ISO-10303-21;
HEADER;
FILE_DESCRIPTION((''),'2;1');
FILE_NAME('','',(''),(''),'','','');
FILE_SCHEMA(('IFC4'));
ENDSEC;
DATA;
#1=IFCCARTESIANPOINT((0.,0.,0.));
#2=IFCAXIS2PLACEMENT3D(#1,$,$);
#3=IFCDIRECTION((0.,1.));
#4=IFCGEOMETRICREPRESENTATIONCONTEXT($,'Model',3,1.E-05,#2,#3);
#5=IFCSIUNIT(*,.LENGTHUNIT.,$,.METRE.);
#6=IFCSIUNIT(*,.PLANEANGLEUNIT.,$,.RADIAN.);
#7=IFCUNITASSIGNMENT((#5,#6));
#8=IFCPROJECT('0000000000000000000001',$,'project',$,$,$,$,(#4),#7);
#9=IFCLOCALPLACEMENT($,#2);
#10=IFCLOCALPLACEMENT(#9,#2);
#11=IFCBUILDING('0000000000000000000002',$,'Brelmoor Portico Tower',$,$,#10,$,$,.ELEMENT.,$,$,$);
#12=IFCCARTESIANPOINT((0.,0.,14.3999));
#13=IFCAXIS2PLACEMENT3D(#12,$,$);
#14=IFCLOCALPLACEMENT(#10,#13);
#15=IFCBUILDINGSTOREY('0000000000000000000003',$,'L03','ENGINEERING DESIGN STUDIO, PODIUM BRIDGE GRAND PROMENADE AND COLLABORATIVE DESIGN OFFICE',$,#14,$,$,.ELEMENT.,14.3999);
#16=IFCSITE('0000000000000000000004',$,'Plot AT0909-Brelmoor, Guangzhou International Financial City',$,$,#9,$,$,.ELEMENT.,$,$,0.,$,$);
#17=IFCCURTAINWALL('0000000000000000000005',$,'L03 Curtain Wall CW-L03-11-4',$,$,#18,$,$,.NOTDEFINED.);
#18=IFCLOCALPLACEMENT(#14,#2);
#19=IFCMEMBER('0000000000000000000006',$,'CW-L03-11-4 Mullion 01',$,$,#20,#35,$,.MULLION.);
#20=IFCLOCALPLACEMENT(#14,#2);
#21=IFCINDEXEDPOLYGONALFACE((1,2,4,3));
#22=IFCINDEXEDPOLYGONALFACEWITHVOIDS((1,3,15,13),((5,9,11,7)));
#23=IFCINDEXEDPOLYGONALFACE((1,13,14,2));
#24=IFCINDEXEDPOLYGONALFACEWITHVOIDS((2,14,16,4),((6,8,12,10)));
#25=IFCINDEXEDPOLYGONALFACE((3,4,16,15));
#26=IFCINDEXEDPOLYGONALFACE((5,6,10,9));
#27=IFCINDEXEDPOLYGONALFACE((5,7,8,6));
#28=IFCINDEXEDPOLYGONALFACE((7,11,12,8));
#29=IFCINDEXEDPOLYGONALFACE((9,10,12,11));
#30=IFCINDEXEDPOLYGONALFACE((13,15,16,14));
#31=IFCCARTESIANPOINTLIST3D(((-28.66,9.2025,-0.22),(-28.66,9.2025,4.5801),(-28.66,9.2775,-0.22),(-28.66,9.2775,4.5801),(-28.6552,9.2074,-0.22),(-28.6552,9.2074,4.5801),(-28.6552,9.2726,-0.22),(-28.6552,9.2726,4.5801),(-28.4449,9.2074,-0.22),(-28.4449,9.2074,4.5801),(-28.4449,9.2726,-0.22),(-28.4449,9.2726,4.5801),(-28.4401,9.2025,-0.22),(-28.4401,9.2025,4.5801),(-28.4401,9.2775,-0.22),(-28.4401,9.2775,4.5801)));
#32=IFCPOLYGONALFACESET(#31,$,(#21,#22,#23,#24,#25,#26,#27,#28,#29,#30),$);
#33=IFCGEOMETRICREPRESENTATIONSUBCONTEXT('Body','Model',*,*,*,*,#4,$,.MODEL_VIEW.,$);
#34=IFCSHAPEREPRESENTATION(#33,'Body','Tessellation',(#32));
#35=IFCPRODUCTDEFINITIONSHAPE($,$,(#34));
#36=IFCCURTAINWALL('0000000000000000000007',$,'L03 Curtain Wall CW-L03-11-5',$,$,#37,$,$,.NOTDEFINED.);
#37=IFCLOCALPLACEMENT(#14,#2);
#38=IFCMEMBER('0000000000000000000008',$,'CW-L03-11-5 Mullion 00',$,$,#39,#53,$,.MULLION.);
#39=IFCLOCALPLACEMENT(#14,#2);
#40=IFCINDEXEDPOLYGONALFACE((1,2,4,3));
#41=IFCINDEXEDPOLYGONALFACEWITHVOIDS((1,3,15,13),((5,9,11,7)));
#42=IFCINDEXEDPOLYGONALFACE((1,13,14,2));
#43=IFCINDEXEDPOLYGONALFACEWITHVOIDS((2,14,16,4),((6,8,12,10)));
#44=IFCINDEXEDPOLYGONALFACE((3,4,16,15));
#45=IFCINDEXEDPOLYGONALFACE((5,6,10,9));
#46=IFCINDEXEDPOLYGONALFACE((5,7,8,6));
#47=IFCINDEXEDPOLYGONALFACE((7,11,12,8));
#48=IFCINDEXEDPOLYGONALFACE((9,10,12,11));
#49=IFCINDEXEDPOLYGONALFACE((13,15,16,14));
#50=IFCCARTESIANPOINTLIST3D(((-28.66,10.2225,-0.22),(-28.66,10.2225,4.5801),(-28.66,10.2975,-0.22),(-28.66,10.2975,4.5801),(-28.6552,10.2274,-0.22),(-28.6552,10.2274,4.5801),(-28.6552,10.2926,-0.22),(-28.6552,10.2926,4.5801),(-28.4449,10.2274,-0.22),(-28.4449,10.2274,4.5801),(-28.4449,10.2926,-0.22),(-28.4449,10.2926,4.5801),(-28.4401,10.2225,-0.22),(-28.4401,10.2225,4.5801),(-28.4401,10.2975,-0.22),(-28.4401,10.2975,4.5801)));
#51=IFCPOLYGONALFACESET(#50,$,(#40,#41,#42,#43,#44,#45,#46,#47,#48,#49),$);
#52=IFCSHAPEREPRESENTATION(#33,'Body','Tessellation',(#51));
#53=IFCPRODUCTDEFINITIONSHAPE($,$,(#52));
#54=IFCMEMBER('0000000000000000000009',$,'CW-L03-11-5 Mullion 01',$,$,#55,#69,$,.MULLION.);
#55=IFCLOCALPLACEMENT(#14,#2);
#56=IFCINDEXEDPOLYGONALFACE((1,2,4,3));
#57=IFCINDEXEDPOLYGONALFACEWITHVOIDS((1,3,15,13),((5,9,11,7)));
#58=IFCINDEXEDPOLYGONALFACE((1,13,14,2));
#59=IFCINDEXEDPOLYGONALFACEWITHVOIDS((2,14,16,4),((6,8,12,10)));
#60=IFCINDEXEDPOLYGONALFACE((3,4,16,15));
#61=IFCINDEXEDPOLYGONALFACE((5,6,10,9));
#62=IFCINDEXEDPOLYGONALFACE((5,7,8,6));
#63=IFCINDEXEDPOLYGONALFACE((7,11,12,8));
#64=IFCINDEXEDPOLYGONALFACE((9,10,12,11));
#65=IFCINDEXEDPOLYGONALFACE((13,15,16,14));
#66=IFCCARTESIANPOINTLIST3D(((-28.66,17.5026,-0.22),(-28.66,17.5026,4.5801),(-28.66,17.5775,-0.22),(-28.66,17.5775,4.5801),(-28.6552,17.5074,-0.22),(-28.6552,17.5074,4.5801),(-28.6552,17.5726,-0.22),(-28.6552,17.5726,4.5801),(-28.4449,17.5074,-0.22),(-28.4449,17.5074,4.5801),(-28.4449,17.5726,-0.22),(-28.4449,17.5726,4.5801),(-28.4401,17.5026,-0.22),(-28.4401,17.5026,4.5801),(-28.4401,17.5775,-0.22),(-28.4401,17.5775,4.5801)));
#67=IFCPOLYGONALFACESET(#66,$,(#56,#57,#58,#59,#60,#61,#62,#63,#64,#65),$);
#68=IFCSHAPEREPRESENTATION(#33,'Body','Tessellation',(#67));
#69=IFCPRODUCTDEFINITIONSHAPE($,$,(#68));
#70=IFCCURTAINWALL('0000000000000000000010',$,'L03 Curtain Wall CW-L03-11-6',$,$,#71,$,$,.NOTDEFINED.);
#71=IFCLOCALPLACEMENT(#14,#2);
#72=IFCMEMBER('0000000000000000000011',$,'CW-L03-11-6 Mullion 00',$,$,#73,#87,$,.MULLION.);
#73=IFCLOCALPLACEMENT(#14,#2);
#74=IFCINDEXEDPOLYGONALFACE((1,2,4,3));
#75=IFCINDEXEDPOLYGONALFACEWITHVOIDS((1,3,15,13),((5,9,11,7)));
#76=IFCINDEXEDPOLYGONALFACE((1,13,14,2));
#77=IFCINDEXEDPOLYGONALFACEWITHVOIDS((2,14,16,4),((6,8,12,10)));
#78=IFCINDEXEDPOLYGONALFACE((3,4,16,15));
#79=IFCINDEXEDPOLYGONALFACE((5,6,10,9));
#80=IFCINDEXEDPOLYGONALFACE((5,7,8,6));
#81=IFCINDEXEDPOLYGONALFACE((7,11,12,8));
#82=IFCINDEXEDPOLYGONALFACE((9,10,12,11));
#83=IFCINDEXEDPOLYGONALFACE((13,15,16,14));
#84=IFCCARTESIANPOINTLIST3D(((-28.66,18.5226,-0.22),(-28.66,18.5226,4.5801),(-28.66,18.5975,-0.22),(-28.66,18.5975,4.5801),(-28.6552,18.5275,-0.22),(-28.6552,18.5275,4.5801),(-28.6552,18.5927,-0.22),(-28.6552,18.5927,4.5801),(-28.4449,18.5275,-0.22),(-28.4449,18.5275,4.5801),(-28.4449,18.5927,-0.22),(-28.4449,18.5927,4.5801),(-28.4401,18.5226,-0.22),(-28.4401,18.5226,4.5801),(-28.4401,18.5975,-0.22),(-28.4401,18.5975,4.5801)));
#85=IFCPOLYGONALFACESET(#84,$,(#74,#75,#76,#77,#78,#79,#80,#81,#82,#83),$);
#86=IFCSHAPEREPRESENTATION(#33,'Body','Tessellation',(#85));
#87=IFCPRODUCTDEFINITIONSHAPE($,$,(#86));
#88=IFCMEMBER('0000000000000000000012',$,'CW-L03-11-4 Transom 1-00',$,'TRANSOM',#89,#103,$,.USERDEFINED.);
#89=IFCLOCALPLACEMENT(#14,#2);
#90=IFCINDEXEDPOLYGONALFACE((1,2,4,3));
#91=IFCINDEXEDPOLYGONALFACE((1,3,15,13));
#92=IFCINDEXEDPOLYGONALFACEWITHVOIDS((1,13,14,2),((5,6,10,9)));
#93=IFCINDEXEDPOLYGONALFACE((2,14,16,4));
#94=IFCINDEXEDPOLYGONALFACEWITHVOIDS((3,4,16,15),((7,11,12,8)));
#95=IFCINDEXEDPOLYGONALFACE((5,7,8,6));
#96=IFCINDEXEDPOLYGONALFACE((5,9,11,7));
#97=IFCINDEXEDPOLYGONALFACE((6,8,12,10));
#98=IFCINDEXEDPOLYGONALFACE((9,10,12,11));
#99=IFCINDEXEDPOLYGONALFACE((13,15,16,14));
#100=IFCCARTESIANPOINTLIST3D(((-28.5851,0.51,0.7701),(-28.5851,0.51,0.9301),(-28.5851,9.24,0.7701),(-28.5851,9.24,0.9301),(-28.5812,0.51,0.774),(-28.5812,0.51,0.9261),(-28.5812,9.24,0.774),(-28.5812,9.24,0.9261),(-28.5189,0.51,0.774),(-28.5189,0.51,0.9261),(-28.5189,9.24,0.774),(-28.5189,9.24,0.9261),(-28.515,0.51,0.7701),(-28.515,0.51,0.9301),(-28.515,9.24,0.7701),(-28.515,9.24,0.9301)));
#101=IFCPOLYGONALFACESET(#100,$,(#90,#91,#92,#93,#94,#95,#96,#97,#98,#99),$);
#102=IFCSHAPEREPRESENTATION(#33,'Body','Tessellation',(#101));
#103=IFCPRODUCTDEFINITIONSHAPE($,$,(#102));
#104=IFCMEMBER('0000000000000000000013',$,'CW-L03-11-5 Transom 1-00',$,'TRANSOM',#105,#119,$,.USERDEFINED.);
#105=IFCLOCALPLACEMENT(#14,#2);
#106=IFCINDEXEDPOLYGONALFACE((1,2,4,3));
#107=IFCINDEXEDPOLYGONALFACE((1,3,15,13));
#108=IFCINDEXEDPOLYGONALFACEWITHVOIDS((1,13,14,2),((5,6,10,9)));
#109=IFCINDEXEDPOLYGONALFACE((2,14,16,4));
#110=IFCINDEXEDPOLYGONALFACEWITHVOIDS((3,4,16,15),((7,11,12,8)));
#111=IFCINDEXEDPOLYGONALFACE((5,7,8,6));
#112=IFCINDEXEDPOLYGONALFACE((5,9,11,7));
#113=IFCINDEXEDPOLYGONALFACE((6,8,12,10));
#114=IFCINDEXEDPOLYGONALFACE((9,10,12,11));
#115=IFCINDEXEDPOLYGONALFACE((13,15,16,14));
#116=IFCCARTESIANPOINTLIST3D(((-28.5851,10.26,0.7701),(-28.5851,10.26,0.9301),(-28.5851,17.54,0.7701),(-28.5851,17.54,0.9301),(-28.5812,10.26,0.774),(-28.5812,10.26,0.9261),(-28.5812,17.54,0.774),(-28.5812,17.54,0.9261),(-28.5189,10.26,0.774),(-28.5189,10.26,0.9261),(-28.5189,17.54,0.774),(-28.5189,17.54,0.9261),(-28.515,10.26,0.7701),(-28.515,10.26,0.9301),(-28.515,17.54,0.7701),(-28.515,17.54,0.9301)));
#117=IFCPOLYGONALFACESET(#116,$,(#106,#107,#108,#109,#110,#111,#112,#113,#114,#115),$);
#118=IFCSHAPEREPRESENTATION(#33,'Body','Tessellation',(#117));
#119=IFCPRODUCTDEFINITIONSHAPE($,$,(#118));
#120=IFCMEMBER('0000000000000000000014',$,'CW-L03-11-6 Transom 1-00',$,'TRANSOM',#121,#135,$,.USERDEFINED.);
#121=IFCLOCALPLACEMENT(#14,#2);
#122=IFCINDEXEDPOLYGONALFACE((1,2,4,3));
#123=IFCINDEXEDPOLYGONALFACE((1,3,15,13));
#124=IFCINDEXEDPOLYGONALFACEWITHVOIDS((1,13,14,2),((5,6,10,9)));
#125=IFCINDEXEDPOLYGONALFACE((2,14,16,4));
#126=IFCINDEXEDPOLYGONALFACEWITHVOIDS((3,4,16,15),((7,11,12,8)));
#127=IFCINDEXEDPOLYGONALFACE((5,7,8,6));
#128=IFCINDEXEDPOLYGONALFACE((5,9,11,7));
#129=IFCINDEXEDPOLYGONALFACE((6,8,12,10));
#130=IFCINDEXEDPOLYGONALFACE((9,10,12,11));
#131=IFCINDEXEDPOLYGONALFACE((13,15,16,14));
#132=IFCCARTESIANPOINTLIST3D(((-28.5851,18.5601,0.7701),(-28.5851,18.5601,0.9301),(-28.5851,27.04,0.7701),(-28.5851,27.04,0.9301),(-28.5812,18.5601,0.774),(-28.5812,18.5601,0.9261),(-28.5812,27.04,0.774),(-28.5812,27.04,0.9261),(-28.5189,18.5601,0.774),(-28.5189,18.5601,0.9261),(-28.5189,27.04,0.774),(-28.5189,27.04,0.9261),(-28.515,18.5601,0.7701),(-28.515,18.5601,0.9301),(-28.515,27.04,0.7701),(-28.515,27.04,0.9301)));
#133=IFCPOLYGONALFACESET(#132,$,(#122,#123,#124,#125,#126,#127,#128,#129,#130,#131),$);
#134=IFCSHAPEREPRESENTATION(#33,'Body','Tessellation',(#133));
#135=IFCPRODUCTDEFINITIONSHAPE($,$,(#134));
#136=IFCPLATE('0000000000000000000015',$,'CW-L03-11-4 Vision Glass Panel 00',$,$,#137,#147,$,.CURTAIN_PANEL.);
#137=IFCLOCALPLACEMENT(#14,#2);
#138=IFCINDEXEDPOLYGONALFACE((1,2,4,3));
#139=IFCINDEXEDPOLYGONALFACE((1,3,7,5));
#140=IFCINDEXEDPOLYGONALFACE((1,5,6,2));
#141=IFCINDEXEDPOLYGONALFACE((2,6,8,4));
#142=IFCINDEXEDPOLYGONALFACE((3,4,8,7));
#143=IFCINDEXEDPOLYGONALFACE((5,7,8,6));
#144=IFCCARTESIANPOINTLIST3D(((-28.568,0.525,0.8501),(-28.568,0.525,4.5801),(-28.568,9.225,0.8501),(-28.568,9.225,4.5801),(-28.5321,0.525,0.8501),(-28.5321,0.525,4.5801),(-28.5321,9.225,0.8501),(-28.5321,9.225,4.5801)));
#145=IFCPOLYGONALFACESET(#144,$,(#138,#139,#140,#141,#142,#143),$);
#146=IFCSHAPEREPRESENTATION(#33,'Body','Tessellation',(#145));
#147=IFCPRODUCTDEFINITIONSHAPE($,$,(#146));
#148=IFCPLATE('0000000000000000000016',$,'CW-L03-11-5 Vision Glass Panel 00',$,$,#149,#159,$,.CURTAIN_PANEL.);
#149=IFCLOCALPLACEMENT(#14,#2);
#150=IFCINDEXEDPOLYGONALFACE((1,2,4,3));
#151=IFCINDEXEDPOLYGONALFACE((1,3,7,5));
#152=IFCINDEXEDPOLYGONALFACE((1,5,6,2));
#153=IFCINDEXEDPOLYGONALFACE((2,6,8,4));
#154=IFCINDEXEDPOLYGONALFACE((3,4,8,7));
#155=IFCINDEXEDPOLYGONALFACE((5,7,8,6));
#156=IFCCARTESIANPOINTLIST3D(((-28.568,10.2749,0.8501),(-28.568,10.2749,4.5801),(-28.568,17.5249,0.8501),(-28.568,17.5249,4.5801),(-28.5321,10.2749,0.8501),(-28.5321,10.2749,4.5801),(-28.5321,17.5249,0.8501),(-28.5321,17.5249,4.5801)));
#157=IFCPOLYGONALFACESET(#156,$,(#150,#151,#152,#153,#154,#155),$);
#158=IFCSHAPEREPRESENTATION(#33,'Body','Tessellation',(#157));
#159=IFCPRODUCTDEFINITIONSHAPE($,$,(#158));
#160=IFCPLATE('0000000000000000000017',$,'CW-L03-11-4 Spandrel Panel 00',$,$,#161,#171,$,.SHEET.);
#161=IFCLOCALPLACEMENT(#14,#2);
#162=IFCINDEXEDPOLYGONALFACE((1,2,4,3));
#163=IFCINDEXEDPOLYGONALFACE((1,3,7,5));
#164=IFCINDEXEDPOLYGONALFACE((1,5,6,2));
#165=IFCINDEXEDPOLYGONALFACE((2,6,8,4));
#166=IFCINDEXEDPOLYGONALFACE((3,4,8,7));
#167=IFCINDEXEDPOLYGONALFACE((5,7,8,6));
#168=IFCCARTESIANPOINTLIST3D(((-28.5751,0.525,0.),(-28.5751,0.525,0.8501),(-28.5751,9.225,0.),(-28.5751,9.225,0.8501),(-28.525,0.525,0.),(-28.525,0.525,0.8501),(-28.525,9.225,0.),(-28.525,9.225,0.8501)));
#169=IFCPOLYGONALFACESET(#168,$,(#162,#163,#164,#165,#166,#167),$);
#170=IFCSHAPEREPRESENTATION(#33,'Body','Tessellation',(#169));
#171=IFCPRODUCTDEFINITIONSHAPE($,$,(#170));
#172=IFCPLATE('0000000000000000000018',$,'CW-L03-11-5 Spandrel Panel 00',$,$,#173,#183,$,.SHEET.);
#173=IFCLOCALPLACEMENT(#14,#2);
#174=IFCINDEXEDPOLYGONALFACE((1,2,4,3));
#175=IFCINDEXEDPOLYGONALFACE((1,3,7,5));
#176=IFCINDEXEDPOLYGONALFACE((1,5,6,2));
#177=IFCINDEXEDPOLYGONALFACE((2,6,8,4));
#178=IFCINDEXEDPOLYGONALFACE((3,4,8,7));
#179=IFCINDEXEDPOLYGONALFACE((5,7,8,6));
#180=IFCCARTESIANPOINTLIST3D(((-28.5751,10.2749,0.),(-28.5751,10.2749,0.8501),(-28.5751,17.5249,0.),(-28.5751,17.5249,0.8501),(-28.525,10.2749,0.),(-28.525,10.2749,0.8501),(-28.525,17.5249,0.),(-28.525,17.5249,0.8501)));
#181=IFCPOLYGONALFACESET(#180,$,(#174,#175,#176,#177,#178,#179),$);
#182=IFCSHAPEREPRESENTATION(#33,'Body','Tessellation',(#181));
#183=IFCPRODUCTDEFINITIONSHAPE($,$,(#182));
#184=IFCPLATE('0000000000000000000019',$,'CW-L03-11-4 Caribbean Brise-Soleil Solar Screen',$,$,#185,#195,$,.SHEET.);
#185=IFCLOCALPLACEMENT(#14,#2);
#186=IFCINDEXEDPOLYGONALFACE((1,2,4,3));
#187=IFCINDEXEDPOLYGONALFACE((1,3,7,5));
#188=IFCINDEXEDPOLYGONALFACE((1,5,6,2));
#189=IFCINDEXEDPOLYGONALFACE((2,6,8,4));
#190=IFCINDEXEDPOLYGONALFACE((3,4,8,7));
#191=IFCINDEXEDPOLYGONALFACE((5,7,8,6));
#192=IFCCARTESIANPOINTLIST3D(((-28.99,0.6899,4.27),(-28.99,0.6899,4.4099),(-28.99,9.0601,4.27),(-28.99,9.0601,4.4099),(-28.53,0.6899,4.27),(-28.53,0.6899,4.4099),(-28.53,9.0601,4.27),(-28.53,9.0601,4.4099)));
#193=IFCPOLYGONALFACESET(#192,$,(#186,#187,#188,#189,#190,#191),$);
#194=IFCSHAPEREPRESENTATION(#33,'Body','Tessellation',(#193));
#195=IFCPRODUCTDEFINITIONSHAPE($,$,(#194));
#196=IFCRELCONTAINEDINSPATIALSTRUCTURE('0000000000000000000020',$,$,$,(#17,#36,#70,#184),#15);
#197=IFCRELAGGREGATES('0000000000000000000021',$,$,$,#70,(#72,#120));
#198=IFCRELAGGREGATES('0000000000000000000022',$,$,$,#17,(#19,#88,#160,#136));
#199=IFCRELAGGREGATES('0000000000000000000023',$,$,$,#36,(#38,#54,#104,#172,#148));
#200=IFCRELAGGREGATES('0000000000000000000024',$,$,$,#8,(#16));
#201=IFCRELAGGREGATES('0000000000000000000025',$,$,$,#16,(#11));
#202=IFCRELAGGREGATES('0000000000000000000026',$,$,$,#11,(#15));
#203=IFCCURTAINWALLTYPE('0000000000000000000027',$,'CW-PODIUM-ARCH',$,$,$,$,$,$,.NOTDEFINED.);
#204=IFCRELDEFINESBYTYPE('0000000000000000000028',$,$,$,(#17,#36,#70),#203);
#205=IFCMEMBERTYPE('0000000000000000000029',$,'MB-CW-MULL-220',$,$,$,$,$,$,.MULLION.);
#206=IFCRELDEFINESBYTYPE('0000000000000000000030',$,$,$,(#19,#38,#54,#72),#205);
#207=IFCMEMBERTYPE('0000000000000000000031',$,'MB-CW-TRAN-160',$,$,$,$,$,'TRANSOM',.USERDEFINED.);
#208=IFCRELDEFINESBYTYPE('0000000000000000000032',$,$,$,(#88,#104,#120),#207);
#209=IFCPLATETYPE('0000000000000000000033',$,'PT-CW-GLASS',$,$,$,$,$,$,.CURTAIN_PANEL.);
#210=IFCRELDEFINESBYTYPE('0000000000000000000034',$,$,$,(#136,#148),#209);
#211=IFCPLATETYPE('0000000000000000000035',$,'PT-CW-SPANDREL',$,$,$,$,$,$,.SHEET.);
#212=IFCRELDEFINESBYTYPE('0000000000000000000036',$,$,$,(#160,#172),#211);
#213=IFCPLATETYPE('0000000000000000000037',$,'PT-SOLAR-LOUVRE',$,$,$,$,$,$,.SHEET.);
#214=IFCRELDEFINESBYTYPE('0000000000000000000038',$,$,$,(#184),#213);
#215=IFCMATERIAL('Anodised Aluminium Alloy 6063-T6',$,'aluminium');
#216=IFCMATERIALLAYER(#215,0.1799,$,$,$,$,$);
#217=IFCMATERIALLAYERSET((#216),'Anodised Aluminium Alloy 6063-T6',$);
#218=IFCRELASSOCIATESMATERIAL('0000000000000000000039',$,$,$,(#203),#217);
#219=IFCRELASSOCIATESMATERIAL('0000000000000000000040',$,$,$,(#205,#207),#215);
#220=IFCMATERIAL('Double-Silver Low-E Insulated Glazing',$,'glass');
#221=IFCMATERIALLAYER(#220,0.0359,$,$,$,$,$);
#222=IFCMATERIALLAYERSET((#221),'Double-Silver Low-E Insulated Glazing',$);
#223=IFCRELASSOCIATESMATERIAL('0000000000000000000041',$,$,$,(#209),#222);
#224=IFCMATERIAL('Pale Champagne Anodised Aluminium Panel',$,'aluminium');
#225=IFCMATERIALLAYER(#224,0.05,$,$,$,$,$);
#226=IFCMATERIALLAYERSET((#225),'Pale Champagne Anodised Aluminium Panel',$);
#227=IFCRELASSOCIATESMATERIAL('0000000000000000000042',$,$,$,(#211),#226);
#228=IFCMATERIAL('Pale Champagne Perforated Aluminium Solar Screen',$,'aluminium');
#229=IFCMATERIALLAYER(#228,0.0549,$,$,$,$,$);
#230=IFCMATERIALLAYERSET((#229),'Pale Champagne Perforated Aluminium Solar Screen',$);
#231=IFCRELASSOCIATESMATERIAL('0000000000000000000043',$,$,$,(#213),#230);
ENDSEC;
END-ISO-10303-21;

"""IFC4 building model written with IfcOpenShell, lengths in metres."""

from ifc_helpers import new_model, si_unit, direction, frame, origin, origin_2d, place, context, subcontext, project, spatial, rectangle, hollow_rectangle, extrude, material, layer, layer_set, material_profile, profile_set, type_object, element, aggregate, save


model = new_model("IFC4")

# Units and contexts
model_context = context("Model", 3, precision=1e-05, world=origin(), true_north=direction((0.0, 1.0)))
body_context = subcontext(model_context, "Body", "Model", "MODEL_VIEW")
ifc_project = project(units=[si_unit("LENGTHUNIT", "METRE"), si_unit("PLANEANGLEUNIT", "RADIAN")], contexts=[model_context])

# Site, building, storey
site_placement = place(None, origin())
site = spatial("IfcSite", under=ifc_project, at=site_placement, Name="Plot AT0909-Brelmoor, Guangzhou International Financial City", CompositionType="ELEMENT", RefElevation=0.0)
building_placement = place(site_placement, origin())
building = spatial("IfcBuilding", under=site, at=building_placement, Name="Brelmoor Portico Tower", CompositionType="ELEMENT")
storey_placement = place(building_placement, frame((0.0, 0.0, 14.3999)))
storey = spatial("IfcBuildingStorey", under=building, at=storey_placement, Name="L03", Description="ENGINEERING DESIGN STUDIO, PODIUM BRIDGE GRAND PROMENADE AND COLLABORATIVE DESIGN OFFICE", CompositionType="ELEMENT", Elevation=14.3999)

# Curtain walls, members
ifc_material_1 = material(Name="Anodised Aluminium Alloy 6063-T6", Category="aluminium")
ifc_layer_1 = layer(ifc_material_1, 0.1799)
ifc_layer_set_1 = layer_set([ifc_layer_1], Name="Anodised Aluminium Alloy 6063-T6")
curtain_wall_type = type_object("IfcCurtainWallType", Name="CW-PODIUM-ARCH", PredefinedType="NOTDEFINED", material=ifc_layer_set_1)
curtain_wall_1_placement = place(storey_placement, origin())
curtain_wall_1 = element("IfcCurtainWall", 1, at=curtain_wall_1_placement, inside=storey, type_object=curtain_wall_type, Name="L03 Curtain Wall CW-L03-11-4", PredefinedType="NOTDEFINED")
ifc_material_profile_1 = material_profile(ifc_material_1, hollow_rectangle(XDim=0.075, YDim=0.22, WallThickness=0.0049, at=origin_2d()), Name="ALU MULLION 75x220")
ifc_profile_set_1 = profile_set([ifc_material_profile_1], Name="Anodised Aluminium Alloy 6063-T6")
member_type_1 = type_object("IfcMemberType", Name="MB-CW-MULL-220", PredefinedType="MULLION", material=ifc_profile_set_1)
member_1_placement = place(storey_placement, frame((-28.55, 9.24, -0.22), z_axis=(0.0, 0.0, 1.0), x_axis=(0.0, 1.0, 0.0)))
member_1 = element("IfcMember", 2, at=member_1_placement, type_object=member_type_1, Name="CW-L03-11-4 Mullion 01", PredefinedType="MULLION", context=body_context, shape_type="SweptSolid", body=[
    extrude(hollow_rectangle(XDim=0.075, YDim=0.22, WallThickness=0.0049, at=origin_2d()), origin(), (0.0, 0.0, 1.0), 4.8),
])
curtain_wall_2_placement = place(storey_placement, origin())
curtain_wall_2 = element("IfcCurtainWall", 3, at=curtain_wall_2_placement, inside=storey, type_object=curtain_wall_type, Name="L03 Curtain Wall CW-L03-11-5", PredefinedType="NOTDEFINED")
member_2_placement = place(storey_placement, frame((-28.55, 10.26, -0.22), z_axis=(0.0, 0.0, 1.0), x_axis=(0.0, 1.0, 0.0)))
member_2 = element("IfcMember", 4, at=member_2_placement, type_object=member_type_1, Name="CW-L03-11-5 Mullion 00", PredefinedType="MULLION", context=body_context, shape_type="SweptSolid", body=[
    extrude(hollow_rectangle(XDim=0.075, YDim=0.22, WallThickness=0.0049, at=origin_2d()), origin(), (0.0, 0.0, 1.0), 4.8),
])
member_3_placement = place(storey_placement, frame((-28.55, 17.54, -0.22), z_axis=(0.0, 0.0, 1.0), x_axis=(0.0, 1.0, 0.0)))
member_3 = element("IfcMember", 5, at=member_3_placement, type_object=member_type_1, Name="CW-L03-11-5 Mullion 01", PredefinedType="MULLION", context=body_context, shape_type="SweptSolid", body=[
    extrude(hollow_rectangle(XDim=0.075, YDim=0.22, WallThickness=0.0049, at=origin_2d()), origin(), (0.0, 0.0, 1.0), 4.8),
])

# Curtain wall, member
curtain_wall_3_placement = place(storey_placement, origin())
curtain_wall_3 = element("IfcCurtainWall", 6, at=curtain_wall_3_placement, inside=storey, type_object=curtain_wall_type, Name="L03 Curtain Wall CW-L03-11-6", PredefinedType="NOTDEFINED")
member_4_placement = place(storey_placement, frame((-28.55, 18.5601, -0.22), z_axis=(0.0, 0.0, 1.0), x_axis=(0.0, 1.0, 0.0)))
member_4 = element("IfcMember", 7, at=member_4_placement, type_object=member_type_1, Name="CW-L03-11-6 Mullion 00", PredefinedType="MULLION", context=body_context, shape_type="SweptSolid", body=[
    extrude(hollow_rectangle(XDim=0.075, YDim=0.22, WallThickness=0.0049, at=origin_2d()), origin(), (0.0, 0.0, 1.0), 4.8),
])

# Members
ifc_material_profile_2 = material_profile(ifc_material_1, hollow_rectangle(XDim=0.0701, YDim=0.1599, WallThickness=0.0039, at=origin_2d()), Name="ALU TRANSOM 70x160")
ifc_profile_set_2 = profile_set([ifc_material_profile_2], Name="Anodised Aluminium Alloy 6063-T6")
member_type_2 = type_object("IfcMemberType", Name="MB-CW-TRAN-160", ElementType="TRANSOM", PredefinedType="USERDEFINED", material=ifc_profile_set_2)
member_5_placement = place(storey_placement, frame((-28.55, 0.51, 0.8501), z_axis=(0.0, 1.0, 0.0), x_axis=(-1.0, 0.0, 0.0)))
member_5 = element("IfcMember", 8, at=member_5_placement, type_object=member_type_2, Name="CW-L03-11-4 Transom 1-00", ObjectType="TRANSOM", PredefinedType="USERDEFINED", context=body_context, shape_type="SweptSolid", body=[
    extrude(hollow_rectangle(XDim=0.0701, YDim=0.1599, WallThickness=0.0039, at=origin_2d()), origin(), (0.0, 0.0, 1.0), 8.73),
])
member_6_placement = place(storey_placement, frame((-28.55, 10.26, 0.8501), z_axis=(0.0, 1.0, 0.0), x_axis=(-1.0, 0.0, 0.0)))
member_6 = element("IfcMember", 9, at=member_6_placement, type_object=member_type_2, Name="CW-L03-11-5 Transom 1-00", ObjectType="TRANSOM", PredefinedType="USERDEFINED", context=body_context, shape_type="SweptSolid", body=[
    extrude(hollow_rectangle(XDim=0.0701, YDim=0.1599, WallThickness=0.0039, at=origin_2d()), origin(), (0.0, 0.0, 1.0), 7.28),
])
member_7_placement = place(storey_placement, frame((-28.55, 18.5601, 0.8501), z_axis=(0.0, 1.0, 0.0), x_axis=(-1.0, 0.0, 0.0)))
member_7 = element("IfcMember", 10, at=member_7_placement, type_object=member_type_2, Name="CW-L03-11-6 Transom 1-00", ObjectType="TRANSOM", PredefinedType="USERDEFINED", context=body_context, shape_type="SweptSolid", body=[
    extrude(hollow_rectangle(XDim=0.0701, YDim=0.1599, WallThickness=0.0039, at=origin_2d()), origin(), (0.0, 0.0, 1.0), 8.48),
])
aggregate(curtain_wall_3, [member_4, member_7])

# Plates
ifc_material_2 = material(Name="Double-Silver Low-E Insulated Glazing", Category="glass")
ifc_layer_2 = layer(ifc_material_2, 0.0359)
ifc_layer_set_2 = layer_set([ifc_layer_2], Name="Double-Silver Low-E Insulated Glazing")
plate_type_1 = type_object("IfcPlateType", Name="PT-CW-GLASS", PredefinedType="CURTAIN_PANEL", material=ifc_layer_set_2)
plate_1_placement = place(storey_placement, frame((-28.55, 4.875, 0.8501), z_axis=(0.0, 0.0, 1.0), x_axis=(0.0, 1.0, 0.0)))
plate_1 = element("IfcPlate", 11, at=plate_1_placement, type_object=plate_type_1, Name="CW-L03-11-4 Vision Glass Panel 00", PredefinedType="CURTAIN_PANEL", context=body_context, shape_type="SweptSolid", body=[
    extrude(rectangle(XDim=8.7, YDim=0.0359, at=origin_2d()), origin(), (0.0, 0.0, 1.0), 3.73),
])
plate_2_placement = place(storey_placement, frame((-28.55, 13.8999, 0.8501), z_axis=(0.0, 0.0, 1.0), x_axis=(0.0, 1.0, 0.0)))
plate_2 = element("IfcPlate", 12, at=plate_2_placement, type_object=plate_type_1, Name="CW-L03-11-5 Vision Glass Panel 00", PredefinedType="CURTAIN_PANEL", context=body_context, shape_type="SweptSolid", body=[
    extrude(rectangle(XDim=7.25, YDim=0.0359, at=origin_2d()), origin(), (0.0, 0.0, 1.0), 3.73),
])
ifc_material_3 = material(Name="Pale Champagne Anodised Aluminium Panel", Category="aluminium")
ifc_layer_3 = layer(ifc_material_3, 0.05)
ifc_layer_set_3 = layer_set([ifc_layer_3], Name="Pale Champagne Anodised Aluminium Panel")
plate_type_2 = type_object("IfcPlateType", Name="PT-CW-SPANDREL", PredefinedType="SHEET", material=ifc_layer_set_3)
plate_3_placement = place(storey_placement, frame((-28.55, 4.875, 0.0), z_axis=(0.0, 0.0, 1.0), x_axis=(0.0, 1.0, 0.0)))
plate_3 = element("IfcPlate", 13, at=plate_3_placement, type_object=plate_type_2, Name="CW-L03-11-4 Spandrel Panel 00", PredefinedType="SHEET", context=body_context, shape_type="SweptSolid", body=[
    extrude(rectangle(XDim=8.7, YDim=0.05, at=origin_2d()), origin(), (0.0, 0.0, 1.0), 0.8501),
])
aggregate(curtain_wall_1, [member_1, member_5, plate_3, plate_1])
plate_4_placement = place(storey_placement, frame((-28.55, 13.8999, 0.0), z_axis=(0.0, 0.0, 1.0), x_axis=(0.0, 1.0, 0.0)))
plate_4 = element("IfcPlate", 14, at=plate_4_placement, type_object=plate_type_2, Name="CW-L03-11-5 Spandrel Panel 00", PredefinedType="SHEET", context=body_context, shape_type="SweptSolid", body=[
    extrude(rectangle(XDim=7.25, YDim=0.05, at=origin_2d()), origin(), (0.0, 0.0, 1.0), 0.8501),
])
aggregate(curtain_wall_2, [member_2, member_3, member_6, plate_4, plate_2])

# Plate
ifc_material_4 = material(Name="Pale Champagne Perforated Aluminium Solar Screen", Category="aluminium")
ifc_layer_4 = layer(ifc_material_4, 0.0549)
ifc_layer_set_4 = layer_set([ifc_layer_4], Name="Pale Champagne Perforated Aluminium Solar Screen")
plate_type_3 = type_object("IfcPlateType", Name="PT-SOLAR-LOUVRE", PredefinedType="SHEET", material=ifc_layer_set_4)
plate_5_placement = place(storey_placement, frame((-28.76, 4.875, 4.27), z_axis=(0.0, 0.0, 1.0), x_axis=(0.0, 1.0, 0.0)))
element("IfcPlate", 15, at=plate_5_placement, inside=storey, type_object=plate_type_3, Name="CW-L03-11-4 Caribbean Brise-Soleil Solar Screen", PredefinedType="SHEET", context=body_context, shape_type="SweptSolid", body=[
    extrude(rectangle(XDim=8.3701, YDim=0.46, at=origin_2d()), origin(), (0.0, 0.0, 1.0), 0.1399),
])

save(model, "model.ifc")
